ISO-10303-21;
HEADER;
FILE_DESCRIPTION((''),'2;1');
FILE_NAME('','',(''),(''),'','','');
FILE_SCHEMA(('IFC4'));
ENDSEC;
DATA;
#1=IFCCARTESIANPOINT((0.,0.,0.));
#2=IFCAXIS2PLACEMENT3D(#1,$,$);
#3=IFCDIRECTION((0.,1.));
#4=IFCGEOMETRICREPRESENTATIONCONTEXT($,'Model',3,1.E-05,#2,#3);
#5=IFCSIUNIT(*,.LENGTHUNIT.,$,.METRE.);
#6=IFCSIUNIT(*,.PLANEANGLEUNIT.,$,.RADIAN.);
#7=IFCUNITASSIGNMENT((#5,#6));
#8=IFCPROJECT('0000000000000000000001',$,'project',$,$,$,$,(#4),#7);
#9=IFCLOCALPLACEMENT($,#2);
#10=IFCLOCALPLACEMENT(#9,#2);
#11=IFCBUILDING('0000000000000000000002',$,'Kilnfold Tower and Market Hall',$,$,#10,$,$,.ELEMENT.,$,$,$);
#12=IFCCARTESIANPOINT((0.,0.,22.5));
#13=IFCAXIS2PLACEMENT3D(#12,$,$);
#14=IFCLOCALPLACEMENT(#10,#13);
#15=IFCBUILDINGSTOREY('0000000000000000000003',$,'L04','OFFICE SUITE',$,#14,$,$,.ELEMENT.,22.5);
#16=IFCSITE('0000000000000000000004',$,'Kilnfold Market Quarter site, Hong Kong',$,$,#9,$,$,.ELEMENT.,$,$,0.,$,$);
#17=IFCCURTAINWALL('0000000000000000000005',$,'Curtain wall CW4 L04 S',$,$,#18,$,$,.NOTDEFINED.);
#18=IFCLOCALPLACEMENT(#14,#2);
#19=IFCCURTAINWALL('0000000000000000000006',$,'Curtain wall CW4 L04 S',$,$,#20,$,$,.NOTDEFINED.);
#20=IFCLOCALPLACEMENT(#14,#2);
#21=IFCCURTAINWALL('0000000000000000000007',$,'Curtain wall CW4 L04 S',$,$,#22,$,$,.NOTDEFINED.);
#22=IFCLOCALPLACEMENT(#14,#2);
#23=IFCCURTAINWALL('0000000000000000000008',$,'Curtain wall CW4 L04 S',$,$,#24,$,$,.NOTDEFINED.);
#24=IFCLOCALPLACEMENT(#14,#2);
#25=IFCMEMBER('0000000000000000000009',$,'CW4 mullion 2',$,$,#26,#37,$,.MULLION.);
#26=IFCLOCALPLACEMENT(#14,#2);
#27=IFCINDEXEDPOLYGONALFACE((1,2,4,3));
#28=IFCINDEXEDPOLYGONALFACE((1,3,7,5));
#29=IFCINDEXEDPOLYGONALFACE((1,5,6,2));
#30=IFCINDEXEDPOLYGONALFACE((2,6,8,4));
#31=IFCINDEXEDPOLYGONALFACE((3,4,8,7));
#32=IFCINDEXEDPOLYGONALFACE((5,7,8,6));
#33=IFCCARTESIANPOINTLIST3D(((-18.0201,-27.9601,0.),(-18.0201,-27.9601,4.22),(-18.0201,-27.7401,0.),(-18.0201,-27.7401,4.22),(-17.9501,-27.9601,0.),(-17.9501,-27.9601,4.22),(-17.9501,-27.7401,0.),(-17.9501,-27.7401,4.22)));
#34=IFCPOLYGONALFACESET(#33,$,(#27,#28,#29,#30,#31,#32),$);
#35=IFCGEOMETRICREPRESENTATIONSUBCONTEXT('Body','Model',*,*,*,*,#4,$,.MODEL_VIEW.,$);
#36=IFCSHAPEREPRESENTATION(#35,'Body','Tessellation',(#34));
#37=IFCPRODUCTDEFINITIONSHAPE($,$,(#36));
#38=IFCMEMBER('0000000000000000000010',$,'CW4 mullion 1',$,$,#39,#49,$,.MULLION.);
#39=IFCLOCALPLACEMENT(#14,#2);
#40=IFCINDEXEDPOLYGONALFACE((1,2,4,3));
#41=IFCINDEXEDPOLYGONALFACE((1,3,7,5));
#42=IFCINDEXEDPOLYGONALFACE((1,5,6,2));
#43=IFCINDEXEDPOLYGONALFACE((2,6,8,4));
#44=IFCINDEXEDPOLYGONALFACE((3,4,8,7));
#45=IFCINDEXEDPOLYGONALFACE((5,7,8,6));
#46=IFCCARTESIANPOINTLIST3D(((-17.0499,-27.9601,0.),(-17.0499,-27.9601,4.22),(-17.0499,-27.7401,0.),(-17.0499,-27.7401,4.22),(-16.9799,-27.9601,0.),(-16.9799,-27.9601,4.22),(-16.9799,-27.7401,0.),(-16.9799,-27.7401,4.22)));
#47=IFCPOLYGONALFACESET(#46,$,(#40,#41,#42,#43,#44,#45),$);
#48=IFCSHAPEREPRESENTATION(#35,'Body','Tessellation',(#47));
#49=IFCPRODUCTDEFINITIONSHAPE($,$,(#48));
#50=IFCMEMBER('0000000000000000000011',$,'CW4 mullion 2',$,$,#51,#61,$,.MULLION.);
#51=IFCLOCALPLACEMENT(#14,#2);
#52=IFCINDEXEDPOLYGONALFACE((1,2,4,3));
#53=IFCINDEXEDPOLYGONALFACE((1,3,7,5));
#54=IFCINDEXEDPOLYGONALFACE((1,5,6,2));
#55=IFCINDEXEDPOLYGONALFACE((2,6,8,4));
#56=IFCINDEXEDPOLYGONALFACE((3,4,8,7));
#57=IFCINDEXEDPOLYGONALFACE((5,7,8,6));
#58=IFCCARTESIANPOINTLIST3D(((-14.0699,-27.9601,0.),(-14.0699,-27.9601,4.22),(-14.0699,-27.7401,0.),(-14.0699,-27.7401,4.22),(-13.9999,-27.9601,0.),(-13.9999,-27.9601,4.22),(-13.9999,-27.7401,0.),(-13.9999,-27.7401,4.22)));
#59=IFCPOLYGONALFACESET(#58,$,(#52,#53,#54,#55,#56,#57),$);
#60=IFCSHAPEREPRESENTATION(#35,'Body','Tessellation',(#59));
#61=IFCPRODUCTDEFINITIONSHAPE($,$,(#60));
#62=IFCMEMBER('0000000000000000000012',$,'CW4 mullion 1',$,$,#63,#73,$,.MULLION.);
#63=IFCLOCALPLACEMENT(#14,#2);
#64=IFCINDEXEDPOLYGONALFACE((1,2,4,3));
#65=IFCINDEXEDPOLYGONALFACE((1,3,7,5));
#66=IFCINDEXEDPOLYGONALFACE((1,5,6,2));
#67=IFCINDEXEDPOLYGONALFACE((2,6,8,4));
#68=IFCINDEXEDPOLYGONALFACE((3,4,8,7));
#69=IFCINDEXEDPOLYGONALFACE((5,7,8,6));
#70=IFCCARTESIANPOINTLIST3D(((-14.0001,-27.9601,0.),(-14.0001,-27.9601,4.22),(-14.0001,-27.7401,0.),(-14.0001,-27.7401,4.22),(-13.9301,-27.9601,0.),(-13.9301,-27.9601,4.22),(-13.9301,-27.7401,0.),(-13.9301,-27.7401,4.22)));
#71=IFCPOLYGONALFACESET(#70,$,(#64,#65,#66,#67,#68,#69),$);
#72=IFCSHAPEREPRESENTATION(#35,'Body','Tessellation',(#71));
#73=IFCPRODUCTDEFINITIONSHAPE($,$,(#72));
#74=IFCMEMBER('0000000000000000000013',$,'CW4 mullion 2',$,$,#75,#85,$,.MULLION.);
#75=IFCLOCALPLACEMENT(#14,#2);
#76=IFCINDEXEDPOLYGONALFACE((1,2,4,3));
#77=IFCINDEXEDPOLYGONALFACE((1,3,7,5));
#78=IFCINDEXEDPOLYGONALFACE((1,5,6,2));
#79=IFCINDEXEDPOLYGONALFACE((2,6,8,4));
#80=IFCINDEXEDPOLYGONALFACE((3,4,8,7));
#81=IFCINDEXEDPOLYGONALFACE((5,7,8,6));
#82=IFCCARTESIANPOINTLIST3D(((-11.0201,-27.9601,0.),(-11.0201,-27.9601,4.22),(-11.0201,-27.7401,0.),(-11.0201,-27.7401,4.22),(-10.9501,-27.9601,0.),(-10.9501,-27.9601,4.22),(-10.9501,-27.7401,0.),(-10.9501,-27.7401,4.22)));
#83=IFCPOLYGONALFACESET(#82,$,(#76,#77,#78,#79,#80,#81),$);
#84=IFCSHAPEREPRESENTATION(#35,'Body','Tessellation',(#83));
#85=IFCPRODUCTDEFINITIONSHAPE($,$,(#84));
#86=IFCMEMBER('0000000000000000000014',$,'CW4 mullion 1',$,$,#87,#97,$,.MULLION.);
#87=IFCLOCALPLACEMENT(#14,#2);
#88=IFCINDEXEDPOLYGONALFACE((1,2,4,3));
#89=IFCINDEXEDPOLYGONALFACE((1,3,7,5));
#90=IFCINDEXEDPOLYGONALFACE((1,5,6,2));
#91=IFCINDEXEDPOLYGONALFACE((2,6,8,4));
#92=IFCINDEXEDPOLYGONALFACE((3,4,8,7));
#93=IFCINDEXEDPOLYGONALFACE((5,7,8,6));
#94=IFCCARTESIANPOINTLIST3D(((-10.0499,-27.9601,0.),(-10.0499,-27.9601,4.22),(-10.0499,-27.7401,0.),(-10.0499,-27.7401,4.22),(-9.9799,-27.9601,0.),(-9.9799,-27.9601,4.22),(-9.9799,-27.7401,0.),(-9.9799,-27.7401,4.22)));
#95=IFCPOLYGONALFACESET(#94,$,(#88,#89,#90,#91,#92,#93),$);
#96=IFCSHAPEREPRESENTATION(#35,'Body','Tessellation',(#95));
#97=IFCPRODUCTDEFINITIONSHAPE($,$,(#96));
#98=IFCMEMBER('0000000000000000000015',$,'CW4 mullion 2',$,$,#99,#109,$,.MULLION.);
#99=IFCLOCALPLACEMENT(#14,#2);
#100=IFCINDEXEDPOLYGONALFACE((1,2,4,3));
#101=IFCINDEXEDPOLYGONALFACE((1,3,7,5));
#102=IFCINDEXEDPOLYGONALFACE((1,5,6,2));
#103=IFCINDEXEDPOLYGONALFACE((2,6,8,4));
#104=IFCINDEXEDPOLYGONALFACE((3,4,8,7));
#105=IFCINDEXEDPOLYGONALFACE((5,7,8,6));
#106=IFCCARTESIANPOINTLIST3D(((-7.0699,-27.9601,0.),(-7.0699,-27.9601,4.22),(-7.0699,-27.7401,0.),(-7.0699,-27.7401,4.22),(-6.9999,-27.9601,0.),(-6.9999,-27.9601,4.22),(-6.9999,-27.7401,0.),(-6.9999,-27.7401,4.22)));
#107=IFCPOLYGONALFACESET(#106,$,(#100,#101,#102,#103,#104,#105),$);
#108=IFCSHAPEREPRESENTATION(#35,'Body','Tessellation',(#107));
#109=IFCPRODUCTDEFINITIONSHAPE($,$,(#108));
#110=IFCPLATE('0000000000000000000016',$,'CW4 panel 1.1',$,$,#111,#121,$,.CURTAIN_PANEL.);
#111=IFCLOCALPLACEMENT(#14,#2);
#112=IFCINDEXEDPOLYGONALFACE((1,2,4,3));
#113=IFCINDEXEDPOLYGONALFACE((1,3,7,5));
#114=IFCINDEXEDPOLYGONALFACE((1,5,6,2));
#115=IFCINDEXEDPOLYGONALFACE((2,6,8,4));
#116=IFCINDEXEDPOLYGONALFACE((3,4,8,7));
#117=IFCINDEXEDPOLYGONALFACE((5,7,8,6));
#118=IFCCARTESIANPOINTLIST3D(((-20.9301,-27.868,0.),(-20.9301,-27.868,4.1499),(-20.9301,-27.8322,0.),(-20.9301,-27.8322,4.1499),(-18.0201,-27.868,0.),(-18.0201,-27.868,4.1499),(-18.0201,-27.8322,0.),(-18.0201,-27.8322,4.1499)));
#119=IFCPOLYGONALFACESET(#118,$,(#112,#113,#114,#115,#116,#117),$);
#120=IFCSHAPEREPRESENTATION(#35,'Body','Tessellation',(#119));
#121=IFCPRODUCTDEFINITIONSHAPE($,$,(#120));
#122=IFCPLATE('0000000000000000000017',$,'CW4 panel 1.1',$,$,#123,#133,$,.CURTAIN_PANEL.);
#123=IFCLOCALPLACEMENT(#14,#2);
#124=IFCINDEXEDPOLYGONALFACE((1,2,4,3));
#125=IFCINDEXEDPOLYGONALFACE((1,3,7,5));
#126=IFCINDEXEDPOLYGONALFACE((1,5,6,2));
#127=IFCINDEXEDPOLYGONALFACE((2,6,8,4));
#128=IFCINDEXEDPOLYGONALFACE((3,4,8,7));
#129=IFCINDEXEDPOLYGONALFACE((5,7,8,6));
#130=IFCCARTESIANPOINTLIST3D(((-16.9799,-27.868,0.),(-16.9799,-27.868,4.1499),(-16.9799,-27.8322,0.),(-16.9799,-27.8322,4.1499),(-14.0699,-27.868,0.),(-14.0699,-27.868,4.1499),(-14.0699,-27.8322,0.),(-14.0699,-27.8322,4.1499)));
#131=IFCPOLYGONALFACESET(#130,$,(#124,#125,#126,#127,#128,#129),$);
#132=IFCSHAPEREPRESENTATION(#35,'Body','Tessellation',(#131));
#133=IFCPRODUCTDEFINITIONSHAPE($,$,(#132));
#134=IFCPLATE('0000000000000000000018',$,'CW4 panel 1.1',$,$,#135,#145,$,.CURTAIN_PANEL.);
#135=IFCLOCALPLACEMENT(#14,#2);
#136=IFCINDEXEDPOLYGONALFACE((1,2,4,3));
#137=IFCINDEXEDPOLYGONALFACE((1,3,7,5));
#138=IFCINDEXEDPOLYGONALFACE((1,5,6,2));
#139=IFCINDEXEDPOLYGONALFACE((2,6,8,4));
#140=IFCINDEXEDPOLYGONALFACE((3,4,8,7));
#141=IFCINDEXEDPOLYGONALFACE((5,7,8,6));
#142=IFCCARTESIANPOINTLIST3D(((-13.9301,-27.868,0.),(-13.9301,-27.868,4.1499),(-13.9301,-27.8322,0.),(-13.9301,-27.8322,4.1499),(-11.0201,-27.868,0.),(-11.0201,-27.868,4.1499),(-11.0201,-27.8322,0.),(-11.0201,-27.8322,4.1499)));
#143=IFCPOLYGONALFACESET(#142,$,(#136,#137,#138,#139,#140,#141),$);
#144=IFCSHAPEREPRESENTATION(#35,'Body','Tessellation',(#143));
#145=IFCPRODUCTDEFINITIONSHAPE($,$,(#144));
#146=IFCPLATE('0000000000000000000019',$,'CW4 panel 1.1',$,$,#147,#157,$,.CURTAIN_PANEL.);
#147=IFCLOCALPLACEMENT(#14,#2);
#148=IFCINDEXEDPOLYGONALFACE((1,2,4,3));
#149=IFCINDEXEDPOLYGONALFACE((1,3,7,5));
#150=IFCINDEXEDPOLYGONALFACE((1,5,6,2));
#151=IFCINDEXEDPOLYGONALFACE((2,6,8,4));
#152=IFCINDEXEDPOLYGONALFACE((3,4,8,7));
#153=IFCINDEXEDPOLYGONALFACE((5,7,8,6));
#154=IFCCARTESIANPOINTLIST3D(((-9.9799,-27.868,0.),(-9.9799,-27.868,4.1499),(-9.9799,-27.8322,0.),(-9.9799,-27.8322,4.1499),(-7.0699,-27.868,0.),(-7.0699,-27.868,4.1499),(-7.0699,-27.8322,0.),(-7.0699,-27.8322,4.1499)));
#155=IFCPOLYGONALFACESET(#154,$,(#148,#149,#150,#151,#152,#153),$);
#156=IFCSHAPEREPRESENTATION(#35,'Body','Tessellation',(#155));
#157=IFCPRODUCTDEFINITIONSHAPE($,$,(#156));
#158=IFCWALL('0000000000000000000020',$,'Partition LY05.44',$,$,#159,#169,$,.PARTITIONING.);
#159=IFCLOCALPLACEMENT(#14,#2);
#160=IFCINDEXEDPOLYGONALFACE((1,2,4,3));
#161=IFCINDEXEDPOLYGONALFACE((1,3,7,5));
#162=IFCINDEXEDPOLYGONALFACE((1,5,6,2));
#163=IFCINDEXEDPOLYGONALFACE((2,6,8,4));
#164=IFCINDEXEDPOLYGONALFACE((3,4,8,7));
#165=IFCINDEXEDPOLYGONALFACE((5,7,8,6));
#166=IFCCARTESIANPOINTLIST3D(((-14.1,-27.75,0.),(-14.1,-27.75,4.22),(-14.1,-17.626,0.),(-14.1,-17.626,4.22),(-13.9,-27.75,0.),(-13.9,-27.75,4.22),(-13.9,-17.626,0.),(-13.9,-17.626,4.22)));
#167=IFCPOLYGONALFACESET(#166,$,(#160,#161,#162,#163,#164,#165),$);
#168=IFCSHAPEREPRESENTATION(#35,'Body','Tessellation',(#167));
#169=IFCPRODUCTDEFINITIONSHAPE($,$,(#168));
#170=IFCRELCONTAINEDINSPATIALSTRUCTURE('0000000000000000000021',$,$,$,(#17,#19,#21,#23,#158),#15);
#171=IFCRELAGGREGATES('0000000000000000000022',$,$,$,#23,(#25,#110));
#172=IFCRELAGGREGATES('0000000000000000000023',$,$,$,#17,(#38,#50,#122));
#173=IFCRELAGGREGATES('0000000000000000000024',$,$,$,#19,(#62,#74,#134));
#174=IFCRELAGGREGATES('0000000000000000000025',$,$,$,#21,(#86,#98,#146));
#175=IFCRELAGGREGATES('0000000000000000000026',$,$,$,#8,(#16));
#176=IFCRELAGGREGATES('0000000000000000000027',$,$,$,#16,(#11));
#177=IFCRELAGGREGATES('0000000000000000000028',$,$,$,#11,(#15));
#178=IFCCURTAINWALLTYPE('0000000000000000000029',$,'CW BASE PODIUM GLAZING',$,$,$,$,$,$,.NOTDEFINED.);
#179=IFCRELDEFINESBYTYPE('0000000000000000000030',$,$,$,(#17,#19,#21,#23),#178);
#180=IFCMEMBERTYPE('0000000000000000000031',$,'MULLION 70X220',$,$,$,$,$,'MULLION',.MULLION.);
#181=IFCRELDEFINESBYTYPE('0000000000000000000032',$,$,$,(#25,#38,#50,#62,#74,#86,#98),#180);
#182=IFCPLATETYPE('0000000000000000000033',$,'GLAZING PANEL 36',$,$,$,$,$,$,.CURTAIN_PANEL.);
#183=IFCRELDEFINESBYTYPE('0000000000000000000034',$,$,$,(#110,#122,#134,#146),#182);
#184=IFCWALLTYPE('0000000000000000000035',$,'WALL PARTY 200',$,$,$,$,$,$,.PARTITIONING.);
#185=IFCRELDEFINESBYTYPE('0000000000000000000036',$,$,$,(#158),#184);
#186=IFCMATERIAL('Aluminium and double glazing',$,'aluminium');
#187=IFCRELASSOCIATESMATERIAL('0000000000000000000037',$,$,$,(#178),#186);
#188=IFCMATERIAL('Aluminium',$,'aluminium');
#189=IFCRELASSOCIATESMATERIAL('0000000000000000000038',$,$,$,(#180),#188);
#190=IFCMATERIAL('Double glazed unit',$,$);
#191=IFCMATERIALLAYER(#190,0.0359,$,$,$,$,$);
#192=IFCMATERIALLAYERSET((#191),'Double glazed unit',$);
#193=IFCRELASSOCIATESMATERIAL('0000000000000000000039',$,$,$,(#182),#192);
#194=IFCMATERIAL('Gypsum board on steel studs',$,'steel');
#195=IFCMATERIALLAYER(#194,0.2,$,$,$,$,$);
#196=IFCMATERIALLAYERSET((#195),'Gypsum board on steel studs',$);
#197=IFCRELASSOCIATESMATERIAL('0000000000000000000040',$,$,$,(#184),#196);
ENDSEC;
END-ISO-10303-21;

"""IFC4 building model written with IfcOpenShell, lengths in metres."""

from ifc_helpers import new_model, si_unit, direction, frame, frame_2d, origin, origin_2d, place, context, subcontext, project, spatial, rectangle, extrude, source, transform, mapped, material, layer, layer_set, material_profile, profile_set, type_object, element, aggregate, save


model = new_model("IFC4")

# Units and contexts
model_context = context("Model", 3, precision=1e-05, world=origin(), true_north=direction((0.0, 1.0)))
body_context = subcontext(model_context, "Body", "Model", "MODEL_VIEW")
ifc_project = project(units=[si_unit("LENGTHUNIT", "METRE"), si_unit("PLANEANGLEUNIT", "RADIAN")], contexts=[model_context])

# Site, building, storey
site_placement = place(None, origin())
site = spatial("IfcSite", under=ifc_project, at=site_placement, Name="Kilnfold Market Quarter site, Hong Kong", CompositionType="ELEMENT", RefElevation=0.0)
building_placement = place(site_placement, origin())
building = spatial("IfcBuilding", under=site, at=building_placement, Name="Kilnfold Tower and Market Hall", CompositionType="ELEMENT")
storey_placement = place(building_placement, frame((0.0, 0.0, 22.5)))
storey = spatial("IfcBuildingStorey", under=building, at=storey_placement, Name="L04", Description="OFFICE SUITE", CompositionType="ELEMENT", Elevation=22.5)

# Curtain walls, member
ifc_material_1 = material(Name="Aluminium and double glazing", Category="aluminium")
curtain_wall_type = type_object("IfcCurtainWallType", Name="CW BASE PODIUM GLAZING", PredefinedType="NOTDEFINED", material=ifc_material_1)
curtain_wall_1_placement = place(storey_placement, origin())
curtain_wall_1 = element("IfcCurtainWall", 1, at=curtain_wall_1_placement, inside=storey, type_object=curtain_wall_type, Name="Curtain wall CW4 L04 S", PredefinedType="NOTDEFINED")
curtain_wall_2_placement = place(storey_placement, origin())
curtain_wall_2 = element("IfcCurtainWall", 2, at=curtain_wall_2_placement, inside=storey, type_object=curtain_wall_type, Name="Curtain wall CW4 L04 S", PredefinedType="NOTDEFINED")
curtain_wall_3_placement = place(storey_placement, origin())
curtain_wall_3 = element("IfcCurtainWall", 3, at=curtain_wall_3_placement, inside=storey, type_object=curtain_wall_type, Name="Curtain wall CW4 L04 S", PredefinedType="NOTDEFINED")
curtain_wall_4_placement = place(storey_placement, origin())
curtain_wall_4 = element("IfcCurtainWall", 4, at=curtain_wall_4_placement, inside=storey, type_object=curtain_wall_type, Name="Curtain wall CW4 L04 S", PredefinedType="NOTDEFINED")
ifc_material_2 = material(Name="Aluminium", Category="aluminium")
ifc_material_profile_1 = material_profile(ifc_material_2, rectangle(XDim=0.0701, YDim=0.22, at=origin_2d()), Name="MULLION 70x220")
ifc_profile_set_1 = profile_set([ifc_material_profile_1], Name="Aluminium")
member_type_1 = type_object("IfcMemberType", Name="MULLION 70X220", ElementType="MULLION", PredefinedType="MULLION", material=ifc_profile_set_1)
shared_shape_1 = source(origin(), body_context, "Body", "SweptSolid", [
    extrude(rectangle(XDim=0.0701, YDim=0.22, at=origin_2d()), origin(), (0.0, 0.0, 1.0), 4.22),
])
member_1_placement = place(storey_placement, frame((-17.9851, -27.8501, 0.0), z_axis=(0.0, 0.0, 1.0), x_axis=(1.0, 0.0, 0.0)))
member_1 = element("IfcMember", 5, at=member_1_placement, type_object=member_type_1, Name="CW4 mullion 2", PredefinedType="MULLION", context=body_context, shape_type="MappedRepresentation", body=[
    mapped(shared_shape_1, transform((0.0, 0.0, 0.0))),
])

# Members
member_2_placement = place(storey_placement, frame((-17.0149, -27.8501, 0.0), z_axis=(0.0, 0.0, 1.0), x_axis=(1.0, 0.0, 0.0)))
member_2 = element("IfcMember", 6, at=member_2_placement, type_object=member_type_1, Name="CW4 mullion 1", PredefinedType="MULLION", context=body_context, shape_type="MappedRepresentation", body=[
    mapped(shared_shape_1, transform((0.0, 0.0, 0.0))),
])
member_3_placement = place(storey_placement, frame((-14.0349, -27.8501, 0.0), z_axis=(0.0, 0.0, 1.0), x_axis=(1.0, 0.0, 0.0)))
member_3 = element("IfcMember", 7, at=member_3_placement, type_object=member_type_1, Name="CW4 mullion 2", PredefinedType="MULLION", context=body_context, shape_type="MappedRepresentation", body=[
    mapped(shared_shape_1, transform((0.0, 0.0, 0.0))),
])
member_4_placement = place(storey_placement, frame((-13.9651, -27.8501, 0.0), z_axis=(0.0, 0.0, 1.0), x_axis=(1.0, 0.0, 0.0)))
member_4 = element("IfcMember", 8, at=member_4_placement, type_object=member_type_1, Name="CW4 mullion 1", PredefinedType="MULLION", context=body_context, shape_type="MappedRepresentation", body=[
    mapped(shared_shape_1, transform((0.0, 0.0, 0.0))),
])
member_5_placement = place(storey_placement, frame((-10.9851, -27.8501, 0.0), z_axis=(0.0, 0.0, 1.0), x_axis=(1.0, 0.0, 0.0)))
member_5 = element("IfcMember", 9, at=member_5_placement, type_object=member_type_1, Name="CW4 mullion 2", PredefinedType="MULLION", context=body_context, shape_type="MappedRepresentation", body=[
    mapped(shared_shape_1, transform((0.0, 0.0, 0.0))),
])
member_6_placement = place(storey_placement, frame((-10.0149, -27.8501, 0.0), z_axis=(0.0, 0.0, 1.0), x_axis=(1.0, 0.0, 0.0)))
member_6 = element("IfcMember", 10, at=member_6_placement, type_object=member_type_1, Name="CW4 mullion 1", PredefinedType="MULLION", context=body_context, shape_type="MappedRepresentation", body=[
    mapped(shared_shape_1, transform((0.0, 0.0, 0.0))),
])
member_7_placement = place(storey_placement, frame((-7.0349, -27.8501, 0.0), z_axis=(0.0, 0.0, 1.0), x_axis=(1.0, 0.0, 0.0)))
member_7 = element("IfcMember", 11, at=member_7_placement, type_object=member_type_1, Name="CW4 mullion 2", PredefinedType="MULLION", context=body_context, shape_type="MappedRepresentation", body=[
    mapped(shared_shape_1, transform((0.0, 0.0, 0.0))),
])

# Plates
ifc_material_3 = material(Name="Double glazed unit")
ifc_layer_1 = layer(ifc_material_3, 0.0359)
ifc_layer_set_1 = layer_set([ifc_layer_1], Name="Double glazed unit")
plate_type = type_object("IfcPlateType", Name="GLAZING PANEL 36", PredefinedType="CURTAIN_PANEL", material=ifc_layer_set_1)
shared_shape_2 = source(origin(), body_context, "Body", "SweptSolid", [
    extrude(rectangle(XDim=2.9099, YDim=0.0359, at=origin_2d()), origin(), (0.0, 0.0, 1.0), 4.1499),
])
plate_1_placement = place(storey_placement, frame((-19.4751, -27.8501, 0.0), z_axis=(0.0, 0.0, 1.0), x_axis=(1.0, 0.0, 0.0)))
plate_1 = element("IfcPlate", 12, at=plate_1_placement, type_object=plate_type, Name="CW4 panel 1.1", PredefinedType="CURTAIN_PANEL", context=body_context, shape_type="MappedRepresentation", body=[
    mapped(shared_shape_2, transform((0.0, 0.0, 0.0))),
])
aggregate(curtain_wall_4, [member_1, plate_1])
plate_2_placement = place(storey_placement, frame((-15.5249, -27.8501, 0.0), z_axis=(0.0, 0.0, 1.0), x_axis=(1.0, 0.0, 0.0)))
plate_2 = element("IfcPlate", 13, at=plate_2_placement, type_object=plate_type, Name="CW4 panel 1.1", PredefinedType="CURTAIN_PANEL", context=body_context, shape_type="MappedRepresentation", body=[
    mapped(shared_shape_2, transform((0.0, 0.0, 0.0))),
])
aggregate(curtain_wall_1, [member_2, member_3, plate_2])
plate_3_placement = place(storey_placement, frame((-12.4751, -27.8501, 0.0), z_axis=(0.0, 0.0, 1.0), x_axis=(1.0, 0.0, 0.0)))
plate_3 = element("IfcPlate", 14, at=plate_3_placement, type_object=plate_type, Name="CW4 panel 1.1", PredefinedType="CURTAIN_PANEL", context=body_context, shape_type="MappedRepresentation", body=[
    mapped(shared_shape_2, transform((0.0, 0.0, 0.0))),
])
aggregate(curtain_wall_2, [member_4, member_5, plate_3])
plate_4_placement = place(storey_placement, frame((-8.5249, -27.8501, 0.0), z_axis=(0.0, 0.0, 1.0), x_axis=(1.0, 0.0, 0.0)))
plate_4 = element("IfcPlate", 15, at=plate_4_placement, type_object=plate_type, Name="CW4 panel 1.1", PredefinedType="CURTAIN_PANEL", context=body_context, shape_type="MappedRepresentation", body=[
    mapped(shared_shape_2, transform((0.0, 0.0, 0.0))),
])
aggregate(curtain_wall_3, [member_6, member_7, plate_4])

# Wall
ifc_material_4 = material(Name="Gypsum board on steel studs", Category="steel")
ifc_layer_2 = layer(ifc_material_4, 0.2)
ifc_layer_set_2 = layer_set([ifc_layer_2], Name="Gypsum board on steel studs")
wall_type = type_object("IfcWallType", Name="WALL PARTY 200", PredefinedType="PARTITIONING", material=ifc_layer_set_2)
wall_placement = place(storey_placement, frame((-14.0, -27.75, 0.0), z_axis=(0.0, 0.0, 1.0), x_axis=(0.0, 1.0, 0.0)))
element("IfcWall", 16, at=wall_placement, inside=storey, type_object=wall_type, Name="Partition LY05.44", PredefinedType="PARTITIONING", context=body_context, shape_type="SweptSolid", body=[
    extrude(rectangle(XDim=10.124, YDim=0.2, at=frame_2d((5.062, 0.0))), origin(), (0.0, 0.0, 1.0), 4.22),
])

save(model, "model.ifc")
